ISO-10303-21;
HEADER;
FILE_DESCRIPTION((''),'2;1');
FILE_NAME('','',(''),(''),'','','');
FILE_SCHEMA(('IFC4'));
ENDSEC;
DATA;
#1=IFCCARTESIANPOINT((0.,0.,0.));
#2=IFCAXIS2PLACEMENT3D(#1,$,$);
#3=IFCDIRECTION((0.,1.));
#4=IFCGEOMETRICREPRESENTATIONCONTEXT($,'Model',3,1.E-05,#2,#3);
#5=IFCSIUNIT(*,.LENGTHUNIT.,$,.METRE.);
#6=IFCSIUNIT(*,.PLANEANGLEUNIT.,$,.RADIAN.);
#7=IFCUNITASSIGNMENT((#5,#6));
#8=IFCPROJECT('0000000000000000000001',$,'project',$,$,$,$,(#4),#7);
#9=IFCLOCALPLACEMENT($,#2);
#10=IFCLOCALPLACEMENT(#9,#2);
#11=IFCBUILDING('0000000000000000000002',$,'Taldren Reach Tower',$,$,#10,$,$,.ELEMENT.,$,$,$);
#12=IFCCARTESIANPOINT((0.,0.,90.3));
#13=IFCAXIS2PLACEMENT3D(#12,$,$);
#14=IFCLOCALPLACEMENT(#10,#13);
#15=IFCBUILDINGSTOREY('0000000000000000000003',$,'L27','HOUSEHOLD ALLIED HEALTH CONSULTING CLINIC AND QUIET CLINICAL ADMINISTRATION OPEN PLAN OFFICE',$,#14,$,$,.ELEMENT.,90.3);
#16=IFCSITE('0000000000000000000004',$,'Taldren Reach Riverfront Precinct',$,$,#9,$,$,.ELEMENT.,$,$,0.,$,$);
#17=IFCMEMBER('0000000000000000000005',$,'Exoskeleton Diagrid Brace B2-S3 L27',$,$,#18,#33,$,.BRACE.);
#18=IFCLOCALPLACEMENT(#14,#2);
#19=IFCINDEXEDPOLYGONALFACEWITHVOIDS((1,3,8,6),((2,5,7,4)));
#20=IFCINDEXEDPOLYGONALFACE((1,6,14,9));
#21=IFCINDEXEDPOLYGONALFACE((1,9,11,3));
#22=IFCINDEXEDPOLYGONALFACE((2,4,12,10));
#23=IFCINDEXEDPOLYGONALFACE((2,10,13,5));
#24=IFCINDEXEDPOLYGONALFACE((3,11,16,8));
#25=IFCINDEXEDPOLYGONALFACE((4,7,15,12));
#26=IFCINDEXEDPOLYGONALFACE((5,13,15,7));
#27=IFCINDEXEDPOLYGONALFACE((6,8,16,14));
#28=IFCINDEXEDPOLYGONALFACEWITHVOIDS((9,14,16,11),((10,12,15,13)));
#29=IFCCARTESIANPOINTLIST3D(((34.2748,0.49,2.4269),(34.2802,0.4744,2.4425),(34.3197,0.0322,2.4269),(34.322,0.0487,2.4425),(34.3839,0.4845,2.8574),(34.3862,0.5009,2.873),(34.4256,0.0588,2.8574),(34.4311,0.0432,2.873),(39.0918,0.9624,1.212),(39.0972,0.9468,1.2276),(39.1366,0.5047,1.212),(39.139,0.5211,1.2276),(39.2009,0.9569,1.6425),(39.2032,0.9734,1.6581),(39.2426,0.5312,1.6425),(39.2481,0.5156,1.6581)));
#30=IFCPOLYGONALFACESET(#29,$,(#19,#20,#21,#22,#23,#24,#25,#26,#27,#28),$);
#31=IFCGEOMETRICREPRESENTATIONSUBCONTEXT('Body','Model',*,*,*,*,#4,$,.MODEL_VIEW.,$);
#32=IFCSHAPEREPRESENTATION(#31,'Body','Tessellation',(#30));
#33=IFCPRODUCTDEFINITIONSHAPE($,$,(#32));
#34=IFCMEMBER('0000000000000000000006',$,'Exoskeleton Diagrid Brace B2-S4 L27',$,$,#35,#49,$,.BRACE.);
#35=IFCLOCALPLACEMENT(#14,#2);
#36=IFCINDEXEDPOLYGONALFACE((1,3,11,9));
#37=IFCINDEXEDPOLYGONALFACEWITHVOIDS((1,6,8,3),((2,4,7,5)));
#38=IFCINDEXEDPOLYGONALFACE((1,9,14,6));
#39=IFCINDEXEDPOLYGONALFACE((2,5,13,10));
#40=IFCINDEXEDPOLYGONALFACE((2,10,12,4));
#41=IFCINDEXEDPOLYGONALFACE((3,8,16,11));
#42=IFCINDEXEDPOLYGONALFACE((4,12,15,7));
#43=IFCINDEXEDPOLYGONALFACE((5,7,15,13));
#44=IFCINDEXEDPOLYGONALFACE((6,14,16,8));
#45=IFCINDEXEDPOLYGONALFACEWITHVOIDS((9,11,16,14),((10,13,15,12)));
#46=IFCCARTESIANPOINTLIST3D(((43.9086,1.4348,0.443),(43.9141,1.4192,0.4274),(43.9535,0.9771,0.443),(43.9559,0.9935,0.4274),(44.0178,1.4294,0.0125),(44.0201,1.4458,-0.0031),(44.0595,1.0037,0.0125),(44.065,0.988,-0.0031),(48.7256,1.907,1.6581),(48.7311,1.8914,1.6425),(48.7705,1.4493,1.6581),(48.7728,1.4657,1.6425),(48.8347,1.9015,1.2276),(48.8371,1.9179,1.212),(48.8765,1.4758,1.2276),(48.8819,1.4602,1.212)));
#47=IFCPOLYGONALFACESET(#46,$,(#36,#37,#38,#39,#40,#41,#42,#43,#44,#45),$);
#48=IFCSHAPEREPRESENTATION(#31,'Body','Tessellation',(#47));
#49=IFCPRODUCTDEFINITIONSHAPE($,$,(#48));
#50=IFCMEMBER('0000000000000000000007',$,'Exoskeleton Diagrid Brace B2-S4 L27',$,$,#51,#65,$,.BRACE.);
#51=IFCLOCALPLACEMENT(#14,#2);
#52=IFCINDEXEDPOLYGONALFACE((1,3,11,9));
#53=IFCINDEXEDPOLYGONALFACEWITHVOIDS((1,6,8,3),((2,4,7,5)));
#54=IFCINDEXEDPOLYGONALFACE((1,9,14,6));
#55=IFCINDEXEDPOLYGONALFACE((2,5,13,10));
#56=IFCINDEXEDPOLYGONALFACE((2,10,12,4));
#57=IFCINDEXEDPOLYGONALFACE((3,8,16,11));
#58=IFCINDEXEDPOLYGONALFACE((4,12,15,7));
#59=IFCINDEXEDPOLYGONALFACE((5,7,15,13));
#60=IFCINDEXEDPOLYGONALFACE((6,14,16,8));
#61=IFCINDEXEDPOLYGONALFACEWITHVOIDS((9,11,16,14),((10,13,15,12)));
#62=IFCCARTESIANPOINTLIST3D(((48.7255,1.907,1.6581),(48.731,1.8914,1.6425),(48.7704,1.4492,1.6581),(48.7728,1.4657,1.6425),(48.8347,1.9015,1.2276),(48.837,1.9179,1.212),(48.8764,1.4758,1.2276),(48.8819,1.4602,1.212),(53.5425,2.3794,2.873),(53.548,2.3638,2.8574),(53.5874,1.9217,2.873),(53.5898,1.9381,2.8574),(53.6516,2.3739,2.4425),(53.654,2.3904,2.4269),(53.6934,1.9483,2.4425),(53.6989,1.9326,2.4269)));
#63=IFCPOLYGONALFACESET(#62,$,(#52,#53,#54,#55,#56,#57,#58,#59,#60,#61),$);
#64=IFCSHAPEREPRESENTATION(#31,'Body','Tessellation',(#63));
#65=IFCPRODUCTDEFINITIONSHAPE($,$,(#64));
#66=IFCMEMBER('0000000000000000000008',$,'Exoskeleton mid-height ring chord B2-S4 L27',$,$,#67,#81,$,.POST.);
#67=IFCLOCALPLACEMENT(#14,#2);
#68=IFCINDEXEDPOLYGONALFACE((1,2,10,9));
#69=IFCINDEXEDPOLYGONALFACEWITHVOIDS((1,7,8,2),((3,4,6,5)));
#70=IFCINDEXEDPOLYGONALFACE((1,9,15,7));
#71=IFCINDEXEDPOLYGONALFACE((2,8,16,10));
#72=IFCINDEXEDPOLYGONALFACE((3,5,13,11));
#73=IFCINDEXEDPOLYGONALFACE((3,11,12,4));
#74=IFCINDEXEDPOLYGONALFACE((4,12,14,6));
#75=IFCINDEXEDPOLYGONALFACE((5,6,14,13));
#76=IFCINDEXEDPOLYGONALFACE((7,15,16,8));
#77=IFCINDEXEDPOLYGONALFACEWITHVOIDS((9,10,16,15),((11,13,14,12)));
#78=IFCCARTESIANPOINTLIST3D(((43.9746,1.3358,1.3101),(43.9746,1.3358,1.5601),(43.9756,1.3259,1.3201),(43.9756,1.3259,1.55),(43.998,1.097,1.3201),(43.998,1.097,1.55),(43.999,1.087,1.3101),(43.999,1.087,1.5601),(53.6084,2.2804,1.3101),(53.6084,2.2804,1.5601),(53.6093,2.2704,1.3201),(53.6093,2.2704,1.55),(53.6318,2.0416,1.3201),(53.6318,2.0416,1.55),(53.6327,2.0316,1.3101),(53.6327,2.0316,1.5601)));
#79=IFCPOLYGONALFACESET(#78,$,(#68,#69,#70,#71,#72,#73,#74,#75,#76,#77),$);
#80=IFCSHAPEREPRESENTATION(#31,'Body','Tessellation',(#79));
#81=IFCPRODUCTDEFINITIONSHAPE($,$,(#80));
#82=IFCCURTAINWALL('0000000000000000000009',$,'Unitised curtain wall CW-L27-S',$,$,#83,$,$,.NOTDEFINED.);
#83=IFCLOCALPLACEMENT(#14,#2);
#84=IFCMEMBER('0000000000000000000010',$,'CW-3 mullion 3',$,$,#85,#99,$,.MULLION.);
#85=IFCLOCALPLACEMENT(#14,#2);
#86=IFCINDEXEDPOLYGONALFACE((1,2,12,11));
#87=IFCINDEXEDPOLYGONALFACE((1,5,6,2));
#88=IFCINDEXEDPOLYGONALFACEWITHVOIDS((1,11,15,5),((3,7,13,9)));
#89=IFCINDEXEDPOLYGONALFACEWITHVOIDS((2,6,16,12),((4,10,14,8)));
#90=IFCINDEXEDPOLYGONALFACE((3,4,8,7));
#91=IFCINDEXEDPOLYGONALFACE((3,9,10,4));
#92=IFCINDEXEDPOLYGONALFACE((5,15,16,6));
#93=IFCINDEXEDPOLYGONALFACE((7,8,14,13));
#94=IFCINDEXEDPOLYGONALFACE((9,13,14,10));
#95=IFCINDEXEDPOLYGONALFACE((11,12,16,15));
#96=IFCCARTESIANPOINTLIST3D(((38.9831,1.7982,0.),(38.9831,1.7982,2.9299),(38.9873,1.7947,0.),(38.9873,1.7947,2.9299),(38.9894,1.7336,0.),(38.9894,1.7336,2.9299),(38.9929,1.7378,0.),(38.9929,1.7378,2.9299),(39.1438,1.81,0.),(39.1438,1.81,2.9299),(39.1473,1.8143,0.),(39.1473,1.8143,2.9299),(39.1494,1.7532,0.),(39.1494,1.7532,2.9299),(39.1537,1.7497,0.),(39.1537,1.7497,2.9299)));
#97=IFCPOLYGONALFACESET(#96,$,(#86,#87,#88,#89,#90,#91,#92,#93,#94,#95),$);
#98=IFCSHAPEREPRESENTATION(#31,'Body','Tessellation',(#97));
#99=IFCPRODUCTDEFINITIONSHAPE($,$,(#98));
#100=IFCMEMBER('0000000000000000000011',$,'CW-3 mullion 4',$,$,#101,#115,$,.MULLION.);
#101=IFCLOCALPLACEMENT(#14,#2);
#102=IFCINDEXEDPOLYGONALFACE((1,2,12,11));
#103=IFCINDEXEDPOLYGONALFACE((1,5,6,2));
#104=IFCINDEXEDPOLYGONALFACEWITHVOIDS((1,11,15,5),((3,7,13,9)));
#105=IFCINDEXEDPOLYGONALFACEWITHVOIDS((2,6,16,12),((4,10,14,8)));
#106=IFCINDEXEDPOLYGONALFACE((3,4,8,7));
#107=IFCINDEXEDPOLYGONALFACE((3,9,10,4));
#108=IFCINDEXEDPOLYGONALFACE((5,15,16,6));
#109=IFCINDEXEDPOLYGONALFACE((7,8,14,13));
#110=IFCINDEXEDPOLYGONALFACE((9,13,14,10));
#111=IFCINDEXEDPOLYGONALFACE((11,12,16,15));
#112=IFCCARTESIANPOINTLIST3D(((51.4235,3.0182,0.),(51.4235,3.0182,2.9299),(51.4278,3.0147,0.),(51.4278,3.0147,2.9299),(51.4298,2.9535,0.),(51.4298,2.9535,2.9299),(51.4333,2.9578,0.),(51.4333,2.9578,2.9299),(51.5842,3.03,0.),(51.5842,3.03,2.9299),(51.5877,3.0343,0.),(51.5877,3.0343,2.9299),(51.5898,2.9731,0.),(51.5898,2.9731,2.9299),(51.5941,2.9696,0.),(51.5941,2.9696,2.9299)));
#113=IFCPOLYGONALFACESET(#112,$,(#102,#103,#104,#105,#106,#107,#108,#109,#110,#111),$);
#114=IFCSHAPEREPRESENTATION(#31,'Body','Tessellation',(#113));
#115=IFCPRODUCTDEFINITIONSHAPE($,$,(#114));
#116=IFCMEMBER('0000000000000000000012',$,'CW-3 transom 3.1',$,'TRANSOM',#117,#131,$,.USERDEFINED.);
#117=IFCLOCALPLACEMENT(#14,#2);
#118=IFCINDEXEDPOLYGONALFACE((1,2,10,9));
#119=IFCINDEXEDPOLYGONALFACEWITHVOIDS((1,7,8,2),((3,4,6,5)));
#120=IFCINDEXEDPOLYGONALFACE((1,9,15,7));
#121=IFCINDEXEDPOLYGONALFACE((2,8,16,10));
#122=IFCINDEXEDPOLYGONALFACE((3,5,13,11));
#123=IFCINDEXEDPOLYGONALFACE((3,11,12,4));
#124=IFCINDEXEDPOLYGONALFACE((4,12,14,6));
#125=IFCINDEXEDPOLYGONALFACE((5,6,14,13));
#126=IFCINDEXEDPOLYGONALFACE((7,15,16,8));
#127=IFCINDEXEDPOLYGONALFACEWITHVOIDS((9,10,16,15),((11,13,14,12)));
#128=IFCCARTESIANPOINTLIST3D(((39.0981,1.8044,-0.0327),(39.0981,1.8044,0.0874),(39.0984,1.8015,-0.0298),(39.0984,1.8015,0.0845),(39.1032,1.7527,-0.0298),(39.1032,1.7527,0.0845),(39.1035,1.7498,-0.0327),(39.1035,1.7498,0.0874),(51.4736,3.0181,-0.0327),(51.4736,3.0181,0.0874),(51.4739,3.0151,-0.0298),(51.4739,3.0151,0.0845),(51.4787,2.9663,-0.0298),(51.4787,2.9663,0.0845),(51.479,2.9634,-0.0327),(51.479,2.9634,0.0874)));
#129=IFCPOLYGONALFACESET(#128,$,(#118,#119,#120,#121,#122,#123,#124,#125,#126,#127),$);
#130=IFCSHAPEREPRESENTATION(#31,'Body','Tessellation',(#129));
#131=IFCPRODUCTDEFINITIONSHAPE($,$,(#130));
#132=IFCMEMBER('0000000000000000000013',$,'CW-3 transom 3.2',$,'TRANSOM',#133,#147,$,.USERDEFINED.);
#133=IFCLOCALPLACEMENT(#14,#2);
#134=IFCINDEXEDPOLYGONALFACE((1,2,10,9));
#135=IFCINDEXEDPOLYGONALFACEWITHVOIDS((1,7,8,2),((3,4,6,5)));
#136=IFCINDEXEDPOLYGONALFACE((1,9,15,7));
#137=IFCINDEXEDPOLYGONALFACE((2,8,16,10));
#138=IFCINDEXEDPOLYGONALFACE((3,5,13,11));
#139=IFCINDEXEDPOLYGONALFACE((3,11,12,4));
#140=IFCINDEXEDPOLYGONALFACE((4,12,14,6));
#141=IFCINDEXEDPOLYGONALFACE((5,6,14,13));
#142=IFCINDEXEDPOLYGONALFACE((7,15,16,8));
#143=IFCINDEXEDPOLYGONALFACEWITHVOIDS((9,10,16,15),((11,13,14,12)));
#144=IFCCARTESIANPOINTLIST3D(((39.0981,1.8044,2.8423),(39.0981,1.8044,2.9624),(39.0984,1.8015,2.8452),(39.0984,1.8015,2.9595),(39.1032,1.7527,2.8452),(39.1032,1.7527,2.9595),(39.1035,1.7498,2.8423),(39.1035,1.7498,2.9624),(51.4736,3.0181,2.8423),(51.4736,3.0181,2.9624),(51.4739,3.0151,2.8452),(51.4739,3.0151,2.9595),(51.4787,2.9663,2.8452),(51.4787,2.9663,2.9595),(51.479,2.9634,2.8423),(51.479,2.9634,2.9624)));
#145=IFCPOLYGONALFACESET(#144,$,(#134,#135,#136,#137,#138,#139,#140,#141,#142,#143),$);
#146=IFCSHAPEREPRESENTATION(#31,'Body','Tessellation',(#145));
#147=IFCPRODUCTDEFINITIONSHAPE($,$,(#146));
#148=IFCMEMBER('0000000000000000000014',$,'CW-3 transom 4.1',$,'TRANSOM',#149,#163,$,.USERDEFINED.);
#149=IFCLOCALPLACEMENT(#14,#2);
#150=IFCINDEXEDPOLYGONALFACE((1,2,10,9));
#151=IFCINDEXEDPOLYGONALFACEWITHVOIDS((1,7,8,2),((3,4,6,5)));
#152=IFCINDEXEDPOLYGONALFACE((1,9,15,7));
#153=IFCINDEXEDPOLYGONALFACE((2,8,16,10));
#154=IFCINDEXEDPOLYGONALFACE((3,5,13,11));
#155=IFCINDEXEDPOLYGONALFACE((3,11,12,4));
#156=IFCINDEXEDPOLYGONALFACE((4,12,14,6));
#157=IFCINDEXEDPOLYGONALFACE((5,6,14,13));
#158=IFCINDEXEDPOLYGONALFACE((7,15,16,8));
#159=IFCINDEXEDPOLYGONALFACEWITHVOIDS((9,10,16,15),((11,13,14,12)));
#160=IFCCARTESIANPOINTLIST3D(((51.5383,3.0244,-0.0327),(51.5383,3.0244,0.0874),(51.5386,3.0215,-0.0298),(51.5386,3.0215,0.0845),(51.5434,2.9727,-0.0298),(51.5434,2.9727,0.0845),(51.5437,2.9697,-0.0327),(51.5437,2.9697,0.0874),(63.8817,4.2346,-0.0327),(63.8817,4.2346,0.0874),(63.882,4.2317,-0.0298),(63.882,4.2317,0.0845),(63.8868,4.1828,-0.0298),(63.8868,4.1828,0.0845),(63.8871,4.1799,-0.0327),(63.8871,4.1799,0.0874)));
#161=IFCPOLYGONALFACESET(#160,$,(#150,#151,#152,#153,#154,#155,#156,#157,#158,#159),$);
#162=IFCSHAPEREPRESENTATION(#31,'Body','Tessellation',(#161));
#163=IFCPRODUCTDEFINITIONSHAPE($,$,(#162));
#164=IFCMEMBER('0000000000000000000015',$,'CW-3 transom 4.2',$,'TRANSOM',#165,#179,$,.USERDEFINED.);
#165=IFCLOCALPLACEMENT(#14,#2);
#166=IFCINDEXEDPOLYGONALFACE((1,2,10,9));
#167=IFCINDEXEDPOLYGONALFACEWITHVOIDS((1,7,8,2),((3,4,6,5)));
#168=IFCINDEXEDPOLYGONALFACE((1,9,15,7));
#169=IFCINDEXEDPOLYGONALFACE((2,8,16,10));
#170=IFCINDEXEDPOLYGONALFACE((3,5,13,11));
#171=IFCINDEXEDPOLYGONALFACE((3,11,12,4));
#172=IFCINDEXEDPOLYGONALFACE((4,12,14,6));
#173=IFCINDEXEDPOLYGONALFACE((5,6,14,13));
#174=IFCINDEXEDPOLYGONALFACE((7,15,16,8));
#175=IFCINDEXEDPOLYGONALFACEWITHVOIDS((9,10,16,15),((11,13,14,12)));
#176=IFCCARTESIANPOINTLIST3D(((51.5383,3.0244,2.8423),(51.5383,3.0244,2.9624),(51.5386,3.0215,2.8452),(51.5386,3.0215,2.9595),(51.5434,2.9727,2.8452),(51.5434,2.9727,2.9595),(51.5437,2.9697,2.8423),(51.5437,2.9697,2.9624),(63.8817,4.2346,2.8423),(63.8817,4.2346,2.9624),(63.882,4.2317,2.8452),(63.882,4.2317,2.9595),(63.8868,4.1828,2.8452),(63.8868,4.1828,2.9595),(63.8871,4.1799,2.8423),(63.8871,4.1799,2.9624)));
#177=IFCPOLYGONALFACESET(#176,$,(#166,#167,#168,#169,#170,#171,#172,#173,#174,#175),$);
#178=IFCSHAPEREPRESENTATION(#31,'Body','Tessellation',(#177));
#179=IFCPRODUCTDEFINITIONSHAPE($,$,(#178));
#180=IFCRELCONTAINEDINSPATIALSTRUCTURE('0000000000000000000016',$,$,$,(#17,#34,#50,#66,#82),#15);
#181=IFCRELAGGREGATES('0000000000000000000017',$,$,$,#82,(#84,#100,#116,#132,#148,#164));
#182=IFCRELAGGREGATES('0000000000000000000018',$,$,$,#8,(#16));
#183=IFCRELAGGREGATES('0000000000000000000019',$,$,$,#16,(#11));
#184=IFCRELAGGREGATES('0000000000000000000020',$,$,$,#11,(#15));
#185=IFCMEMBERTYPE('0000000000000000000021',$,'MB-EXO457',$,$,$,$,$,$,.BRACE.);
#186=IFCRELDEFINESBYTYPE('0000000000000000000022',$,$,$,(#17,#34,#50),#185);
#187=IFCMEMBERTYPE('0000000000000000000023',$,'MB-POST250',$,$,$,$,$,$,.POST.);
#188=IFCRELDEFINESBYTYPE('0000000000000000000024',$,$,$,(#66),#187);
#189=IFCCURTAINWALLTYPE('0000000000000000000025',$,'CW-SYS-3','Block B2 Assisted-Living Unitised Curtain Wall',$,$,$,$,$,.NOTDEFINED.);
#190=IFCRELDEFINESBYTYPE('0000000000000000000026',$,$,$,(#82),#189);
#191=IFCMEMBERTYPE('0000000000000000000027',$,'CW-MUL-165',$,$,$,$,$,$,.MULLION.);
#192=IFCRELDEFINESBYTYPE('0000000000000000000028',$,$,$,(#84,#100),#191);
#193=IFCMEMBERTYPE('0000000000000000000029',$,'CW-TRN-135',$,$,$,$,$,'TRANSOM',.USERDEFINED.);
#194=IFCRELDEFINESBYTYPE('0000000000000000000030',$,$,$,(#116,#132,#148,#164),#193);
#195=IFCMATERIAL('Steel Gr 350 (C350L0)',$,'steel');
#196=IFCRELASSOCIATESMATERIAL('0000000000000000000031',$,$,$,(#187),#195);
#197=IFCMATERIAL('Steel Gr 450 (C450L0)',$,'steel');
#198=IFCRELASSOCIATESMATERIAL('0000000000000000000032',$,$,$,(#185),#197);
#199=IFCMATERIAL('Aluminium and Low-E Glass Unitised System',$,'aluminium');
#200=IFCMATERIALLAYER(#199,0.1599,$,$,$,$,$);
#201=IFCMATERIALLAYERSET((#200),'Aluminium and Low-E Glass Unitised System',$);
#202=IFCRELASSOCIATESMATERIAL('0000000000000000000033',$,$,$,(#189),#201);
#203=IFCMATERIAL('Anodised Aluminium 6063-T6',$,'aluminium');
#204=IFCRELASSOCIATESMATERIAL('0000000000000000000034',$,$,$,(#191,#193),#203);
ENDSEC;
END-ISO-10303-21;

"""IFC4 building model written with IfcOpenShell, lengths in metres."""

from ifc_helpers import new_model, si_unit, direction, frame, origin, origin_2d, place, context, subcontext, project, spatial, hollow_rectangle, extrude, source, transform, mapped, material, layer, layer_set, material_profile, profile_set, type_object, element, aggregate, save


model = new_model("IFC4")

# Units and contexts
model_context = context("Model", 3, precision=1e-05, world=origin(), true_north=direction((0.0, 1.0)))
body_context = subcontext(model_context, "Body", "Model", "MODEL_VIEW")
ifc_project = project(units=[si_unit("LENGTHUNIT", "METRE"), si_unit("PLANEANGLEUNIT", "RADIAN")], contexts=[model_context])

# Site, building, storey
site_placement = place(None, origin())
site = spatial("IfcSite", under=ifc_project, at=site_placement, Name="Taldren Reach Riverfront Precinct", CompositionType="ELEMENT", RefElevation=0.0)
building_placement = place(site_placement, origin())
building = spatial("IfcBuilding", under=site, at=building_placement, Name="Taldren Reach Tower", CompositionType="ELEMENT")
storey_placement = place(building_placement, frame((0.0, 0.0, 90.3)))
storey = spatial("IfcBuildingStorey", under=building, at=storey_placement, Name="L27", Description="HOUSEHOLD ALLIED HEALTH CONSULTING CLINIC AND QUIET CLINICAL ADMINISTRATION OPEN PLAN OFFICE", CompositionType="ELEMENT", Elevation=90.3)

# Shared definitions
ifc_material_1 = material(Name="Steel Gr 450 (C450L0)", Category="steel")
ifc_material_2 = material(Name="Steel Gr 350 (C350L0)", Category="steel")
ifc_material_profile_1 = material_profile(ifc_material_2, hollow_rectangle(XDim=0.25, YDim=0.25, WallThickness=0.01, at=origin_2d()), Name="250x250x10.0SHS")
ifc_profile_set_1 = profile_set([ifc_material_profile_1], Name="Steel Gr 350 (C350L0)")
member_type_1 = type_object("IfcMemberType", Name="MB-POST250", PredefinedType="POST", material=ifc_profile_set_1)

# Members
ifc_material_profile_2 = material_profile(ifc_material_1, hollow_rectangle(XDim=0.46, YDim=0.46, WallThickness=0.0161, at=origin_2d()), Name="460x460x16.0SHS")
ifc_profile_set_2 = profile_set([ifc_material_profile_2], Name="Steel Gr 450 (C450L0)")
member_type_2 = type_object("IfcMemberType", Name="MB-EXO457", PredefinedType="BRACE", material=ifc_profile_set_2)
shared_shape_1 = source(origin(), body_context, "Body", "SweptSolid", [
    extrude(hollow_rectangle(XDim=0.46, YDim=0.46, WallThickness=0.0161, at=origin_2d()), origin(), (0.0, 0.0, 1.0), 4.9902),
])
for number, where, z_axis, x_axis, name in (
    (1, (39.1699, 0.739, 1.4351), (-0.965283, -0.094669, 0.243449), (0.097606, -0.995225, 0.0), "Exoskeleton Diagrid Brace B2-S3 L27"),
    (2, (43.9868, 1.2114, 0.22), (0.965276, 0.09462, 0.243496), (-0.097556, 0.99523, 0.0), "Exoskeleton Diagrid Brace B2-S4 L27"),
    (3, (48.8037, 1.6836, 1.4351), (0.965283, 0.094669, 0.243449), (-0.097606, 0.995225, 0.0), "Exoskeleton Diagrid Brace B2-S4 L27"),
):
    element("IfcMember", number, at=place(storey_placement, frame(where, z_axis=z_axis, x_axis=x_axis)), inside=storey, type_object=member_type_2, Name=name, PredefinedType="BRACE", context=body_context, shape_type="MappedRepresentation", body=[
        mapped(shared_shape_1, transform((0.0, 0.0, 0.0), scale=1.0)),
    ])
shared_shape_2 = source(origin(), body_context, "Body", "SweptSolid", [
    extrude(hollow_rectangle(XDim=0.25, YDim=0.25, WallThickness=0.01, at=origin_2d()), origin(), (0.0, 0.0, 1.0), 9.6799),
])
member_1_placement = place(storey_placement, frame((43.9868, 1.2114, 1.4351), z_axis=(0.995228, 0.097581, 0.0), x_axis=(-0.097581, 0.995228, 0.0)))
element("IfcMember", 4, at=member_1_placement, inside=storey, type_object=member_type_1, Name="Exoskeleton mid-height ring chord B2-S4 L27", PredefinedType="POST", context=body_context, shape_type="MappedRepresentation", body=[
    mapped(shared_shape_2, transform((0.0, 0.0, 0.0), scale=1.0)),
])

# Curtain wall, members
ifc_material_3 = material(Name="Aluminium and Low-E Glass Unitised System", Category="aluminium")
ifc_layer_1 = layer(ifc_material_3, 0.1599)
ifc_layer_set_1 = layer_set([ifc_layer_1], Name="Aluminium and Low-E Glass Unitised System")
curtain_wall_type = type_object("IfcCurtainWallType", Name="CW-SYS-3", Description="Block B2 Assisted-Living Unitised Curtain Wall", PredefinedType="NOTDEFINED", material=ifc_layer_set_1)
curtain_wall_placement = place(storey_placement, origin())
curtain_wall = element("IfcCurtainWall", 5, at=curtain_wall_placement, inside=storey, type_object=curtain_wall_type, Name="Unitised curtain wall CW-L27-S", PredefinedType="NOTDEFINED")
ifc_material_4 = material(Name="Anodised Aluminium 6063-T6", Category="aluminium")
ifc_material_profile_3 = material_profile(ifc_material_4, hollow_rectangle(XDim=0.0649, YDim=0.165, WallThickness=0.0039, at=origin_2d()), Name="ALU-165x65x4RHS")
ifc_profile_set_3 = profile_set([ifc_material_profile_3], Name="Anodised Aluminium 6063-T6")
member_type_3 = type_object("IfcMemberType", Name="CW-MUL-165", PredefinedType="MULLION", material=ifc_profile_set_3)
shared_shape_3 = source(origin(), body_context, "Body", "SweptSolid", [
    extrude(hollow_rectangle(XDim=0.0649, YDim=0.165, WallThickness=0.0039, at=origin_2d()), origin(), (0.0, 0.0, 1.0), 2.9299),
])
member_2_placement = place(storey_placement, frame((39.0684, 1.7739, 0.0), z_axis=(0.0, 0.0, 1.0), x_axis=(-0.097583, 0.995227, 0.0)))
member_2 = element("IfcMember", 6, at=member_2_placement, type_object=member_type_3, Name="CW-3 mullion 3", PredefinedType="MULLION", context=body_context, shape_type="MappedRepresentation", body=[
    mapped(shared_shape_3, transform((0.0, 0.0, 0.0), scale=1.0)),
])
member_3_placement = place(storey_placement, frame((51.5088, 2.9939, 0.0), z_axis=(0.0, 0.0, 1.0), x_axis=(-0.097583, 0.995227, 0.0)))
member_3 = element("IfcMember", 7, at=member_3_placement, type_object=member_type_3, Name="CW-3 mullion 4", PredefinedType="MULLION", context=body_context, shape_type="MappedRepresentation", body=[
    mapped(shared_shape_3, transform((0.0, 0.0, 0.0), scale=1.0)),
])
ifc_material_profile_4 = material_profile(ifc_material_4, hollow_rectangle(XDim=0.0549, YDim=0.1201, WallThickness=0.0029, at=origin_2d()), Name="ALU-120x55x3RHS")
ifc_profile_set_4 = profile_set([ifc_material_profile_4], Name="Anodised Aluminium 6063-T6")
member_type_4 = type_object("IfcMemberType", Name="CW-TRN-135", ElementType="TRANSOM", PredefinedType="USERDEFINED", material=ifc_profile_set_4)
shared_shape_4 = source(origin(), body_context, "Body", "SweptSolid", [
    extrude(hollow_rectangle(XDim=0.0549, YDim=0.1201, WallThickness=0.0029, at=origin_2d()), origin(), (0.0, 0.0, 1.0), 12.4348),
])
member_4_placement = place(storey_placement, frame((39.1008, 1.7771, 0.0273), z_axis=(0.995226, 0.097598, 0.0), x_axis=(-0.097598, 0.995226, 0.0)))
member_4 = element("IfcMember", 8, at=member_4_placement, type_object=member_type_4, Name="CW-3 transom 3.1", ObjectType="TRANSOM", PredefinedType="USERDEFINED", context=body_context, shape_type="MappedRepresentation", body=[
    mapped(shared_shape_4, transform((0.0, 0.0, 0.0), scale=1.0)),
])
member_5_placement = place(storey_placement, frame((39.1008, 1.7771, 2.9023), z_axis=(0.995226, 0.097598, 0.0), x_axis=(-0.097598, 0.995226, 0.0)))
member_5 = element("IfcMember", 9, at=member_5_placement, type_object=member_type_4, Name="CW-3 transom 3.2", ObjectType="TRANSOM", PredefinedType="USERDEFINED", context=body_context, shape_type="MappedRepresentation", body=[
    mapped(shared_shape_4, transform((0.0, 0.0, 0.0), scale=1.0)),
])
shared_shape_5 = source(origin(), body_context, "Body", "SweptSolid", [
    extrude(hollow_rectangle(XDim=0.0549, YDim=0.1201, WallThickness=0.0029, at=origin_2d()), origin(), (0.0, 0.0, 1.0), 12.4026),
])
member_6_placement = place(storey_placement, frame((51.541, 2.9971, 0.0273), z_axis=(0.995228, 0.097576, 0.0), x_axis=(-0.097576, 0.995228, 0.0)))
member_6 = element("IfcMember", 10, at=member_6_placement, type_object=member_type_4, Name="CW-3 transom 4.1", ObjectType="TRANSOM", PredefinedType="USERDEFINED", context=body_context, shape_type="MappedRepresentation", body=[
    mapped(shared_shape_5, transform((0.0, 0.0, 0.0), scale=1.0)),
])
member_7_placement = place(storey_placement, frame((51.541, 2.9971, 2.9023), z_axis=(0.995228, 0.097576, 0.0), x_axis=(-0.097576, 0.995228, 0.0)))
member_7 = element("IfcMember", 11, at=member_7_placement, type_object=member_type_4, Name="CW-3 transom 4.2", ObjectType="TRANSOM", PredefinedType="USERDEFINED", context=body_context, shape_type="MappedRepresentation", body=[
    mapped(shared_shape_5, transform((0.0, 0.0, 0.0), scale=1.0)),
])

aggregate(curtain_wall, [member_2, member_3, member_4, member_5, member_6, member_7])

save(model, "model.ifc")
